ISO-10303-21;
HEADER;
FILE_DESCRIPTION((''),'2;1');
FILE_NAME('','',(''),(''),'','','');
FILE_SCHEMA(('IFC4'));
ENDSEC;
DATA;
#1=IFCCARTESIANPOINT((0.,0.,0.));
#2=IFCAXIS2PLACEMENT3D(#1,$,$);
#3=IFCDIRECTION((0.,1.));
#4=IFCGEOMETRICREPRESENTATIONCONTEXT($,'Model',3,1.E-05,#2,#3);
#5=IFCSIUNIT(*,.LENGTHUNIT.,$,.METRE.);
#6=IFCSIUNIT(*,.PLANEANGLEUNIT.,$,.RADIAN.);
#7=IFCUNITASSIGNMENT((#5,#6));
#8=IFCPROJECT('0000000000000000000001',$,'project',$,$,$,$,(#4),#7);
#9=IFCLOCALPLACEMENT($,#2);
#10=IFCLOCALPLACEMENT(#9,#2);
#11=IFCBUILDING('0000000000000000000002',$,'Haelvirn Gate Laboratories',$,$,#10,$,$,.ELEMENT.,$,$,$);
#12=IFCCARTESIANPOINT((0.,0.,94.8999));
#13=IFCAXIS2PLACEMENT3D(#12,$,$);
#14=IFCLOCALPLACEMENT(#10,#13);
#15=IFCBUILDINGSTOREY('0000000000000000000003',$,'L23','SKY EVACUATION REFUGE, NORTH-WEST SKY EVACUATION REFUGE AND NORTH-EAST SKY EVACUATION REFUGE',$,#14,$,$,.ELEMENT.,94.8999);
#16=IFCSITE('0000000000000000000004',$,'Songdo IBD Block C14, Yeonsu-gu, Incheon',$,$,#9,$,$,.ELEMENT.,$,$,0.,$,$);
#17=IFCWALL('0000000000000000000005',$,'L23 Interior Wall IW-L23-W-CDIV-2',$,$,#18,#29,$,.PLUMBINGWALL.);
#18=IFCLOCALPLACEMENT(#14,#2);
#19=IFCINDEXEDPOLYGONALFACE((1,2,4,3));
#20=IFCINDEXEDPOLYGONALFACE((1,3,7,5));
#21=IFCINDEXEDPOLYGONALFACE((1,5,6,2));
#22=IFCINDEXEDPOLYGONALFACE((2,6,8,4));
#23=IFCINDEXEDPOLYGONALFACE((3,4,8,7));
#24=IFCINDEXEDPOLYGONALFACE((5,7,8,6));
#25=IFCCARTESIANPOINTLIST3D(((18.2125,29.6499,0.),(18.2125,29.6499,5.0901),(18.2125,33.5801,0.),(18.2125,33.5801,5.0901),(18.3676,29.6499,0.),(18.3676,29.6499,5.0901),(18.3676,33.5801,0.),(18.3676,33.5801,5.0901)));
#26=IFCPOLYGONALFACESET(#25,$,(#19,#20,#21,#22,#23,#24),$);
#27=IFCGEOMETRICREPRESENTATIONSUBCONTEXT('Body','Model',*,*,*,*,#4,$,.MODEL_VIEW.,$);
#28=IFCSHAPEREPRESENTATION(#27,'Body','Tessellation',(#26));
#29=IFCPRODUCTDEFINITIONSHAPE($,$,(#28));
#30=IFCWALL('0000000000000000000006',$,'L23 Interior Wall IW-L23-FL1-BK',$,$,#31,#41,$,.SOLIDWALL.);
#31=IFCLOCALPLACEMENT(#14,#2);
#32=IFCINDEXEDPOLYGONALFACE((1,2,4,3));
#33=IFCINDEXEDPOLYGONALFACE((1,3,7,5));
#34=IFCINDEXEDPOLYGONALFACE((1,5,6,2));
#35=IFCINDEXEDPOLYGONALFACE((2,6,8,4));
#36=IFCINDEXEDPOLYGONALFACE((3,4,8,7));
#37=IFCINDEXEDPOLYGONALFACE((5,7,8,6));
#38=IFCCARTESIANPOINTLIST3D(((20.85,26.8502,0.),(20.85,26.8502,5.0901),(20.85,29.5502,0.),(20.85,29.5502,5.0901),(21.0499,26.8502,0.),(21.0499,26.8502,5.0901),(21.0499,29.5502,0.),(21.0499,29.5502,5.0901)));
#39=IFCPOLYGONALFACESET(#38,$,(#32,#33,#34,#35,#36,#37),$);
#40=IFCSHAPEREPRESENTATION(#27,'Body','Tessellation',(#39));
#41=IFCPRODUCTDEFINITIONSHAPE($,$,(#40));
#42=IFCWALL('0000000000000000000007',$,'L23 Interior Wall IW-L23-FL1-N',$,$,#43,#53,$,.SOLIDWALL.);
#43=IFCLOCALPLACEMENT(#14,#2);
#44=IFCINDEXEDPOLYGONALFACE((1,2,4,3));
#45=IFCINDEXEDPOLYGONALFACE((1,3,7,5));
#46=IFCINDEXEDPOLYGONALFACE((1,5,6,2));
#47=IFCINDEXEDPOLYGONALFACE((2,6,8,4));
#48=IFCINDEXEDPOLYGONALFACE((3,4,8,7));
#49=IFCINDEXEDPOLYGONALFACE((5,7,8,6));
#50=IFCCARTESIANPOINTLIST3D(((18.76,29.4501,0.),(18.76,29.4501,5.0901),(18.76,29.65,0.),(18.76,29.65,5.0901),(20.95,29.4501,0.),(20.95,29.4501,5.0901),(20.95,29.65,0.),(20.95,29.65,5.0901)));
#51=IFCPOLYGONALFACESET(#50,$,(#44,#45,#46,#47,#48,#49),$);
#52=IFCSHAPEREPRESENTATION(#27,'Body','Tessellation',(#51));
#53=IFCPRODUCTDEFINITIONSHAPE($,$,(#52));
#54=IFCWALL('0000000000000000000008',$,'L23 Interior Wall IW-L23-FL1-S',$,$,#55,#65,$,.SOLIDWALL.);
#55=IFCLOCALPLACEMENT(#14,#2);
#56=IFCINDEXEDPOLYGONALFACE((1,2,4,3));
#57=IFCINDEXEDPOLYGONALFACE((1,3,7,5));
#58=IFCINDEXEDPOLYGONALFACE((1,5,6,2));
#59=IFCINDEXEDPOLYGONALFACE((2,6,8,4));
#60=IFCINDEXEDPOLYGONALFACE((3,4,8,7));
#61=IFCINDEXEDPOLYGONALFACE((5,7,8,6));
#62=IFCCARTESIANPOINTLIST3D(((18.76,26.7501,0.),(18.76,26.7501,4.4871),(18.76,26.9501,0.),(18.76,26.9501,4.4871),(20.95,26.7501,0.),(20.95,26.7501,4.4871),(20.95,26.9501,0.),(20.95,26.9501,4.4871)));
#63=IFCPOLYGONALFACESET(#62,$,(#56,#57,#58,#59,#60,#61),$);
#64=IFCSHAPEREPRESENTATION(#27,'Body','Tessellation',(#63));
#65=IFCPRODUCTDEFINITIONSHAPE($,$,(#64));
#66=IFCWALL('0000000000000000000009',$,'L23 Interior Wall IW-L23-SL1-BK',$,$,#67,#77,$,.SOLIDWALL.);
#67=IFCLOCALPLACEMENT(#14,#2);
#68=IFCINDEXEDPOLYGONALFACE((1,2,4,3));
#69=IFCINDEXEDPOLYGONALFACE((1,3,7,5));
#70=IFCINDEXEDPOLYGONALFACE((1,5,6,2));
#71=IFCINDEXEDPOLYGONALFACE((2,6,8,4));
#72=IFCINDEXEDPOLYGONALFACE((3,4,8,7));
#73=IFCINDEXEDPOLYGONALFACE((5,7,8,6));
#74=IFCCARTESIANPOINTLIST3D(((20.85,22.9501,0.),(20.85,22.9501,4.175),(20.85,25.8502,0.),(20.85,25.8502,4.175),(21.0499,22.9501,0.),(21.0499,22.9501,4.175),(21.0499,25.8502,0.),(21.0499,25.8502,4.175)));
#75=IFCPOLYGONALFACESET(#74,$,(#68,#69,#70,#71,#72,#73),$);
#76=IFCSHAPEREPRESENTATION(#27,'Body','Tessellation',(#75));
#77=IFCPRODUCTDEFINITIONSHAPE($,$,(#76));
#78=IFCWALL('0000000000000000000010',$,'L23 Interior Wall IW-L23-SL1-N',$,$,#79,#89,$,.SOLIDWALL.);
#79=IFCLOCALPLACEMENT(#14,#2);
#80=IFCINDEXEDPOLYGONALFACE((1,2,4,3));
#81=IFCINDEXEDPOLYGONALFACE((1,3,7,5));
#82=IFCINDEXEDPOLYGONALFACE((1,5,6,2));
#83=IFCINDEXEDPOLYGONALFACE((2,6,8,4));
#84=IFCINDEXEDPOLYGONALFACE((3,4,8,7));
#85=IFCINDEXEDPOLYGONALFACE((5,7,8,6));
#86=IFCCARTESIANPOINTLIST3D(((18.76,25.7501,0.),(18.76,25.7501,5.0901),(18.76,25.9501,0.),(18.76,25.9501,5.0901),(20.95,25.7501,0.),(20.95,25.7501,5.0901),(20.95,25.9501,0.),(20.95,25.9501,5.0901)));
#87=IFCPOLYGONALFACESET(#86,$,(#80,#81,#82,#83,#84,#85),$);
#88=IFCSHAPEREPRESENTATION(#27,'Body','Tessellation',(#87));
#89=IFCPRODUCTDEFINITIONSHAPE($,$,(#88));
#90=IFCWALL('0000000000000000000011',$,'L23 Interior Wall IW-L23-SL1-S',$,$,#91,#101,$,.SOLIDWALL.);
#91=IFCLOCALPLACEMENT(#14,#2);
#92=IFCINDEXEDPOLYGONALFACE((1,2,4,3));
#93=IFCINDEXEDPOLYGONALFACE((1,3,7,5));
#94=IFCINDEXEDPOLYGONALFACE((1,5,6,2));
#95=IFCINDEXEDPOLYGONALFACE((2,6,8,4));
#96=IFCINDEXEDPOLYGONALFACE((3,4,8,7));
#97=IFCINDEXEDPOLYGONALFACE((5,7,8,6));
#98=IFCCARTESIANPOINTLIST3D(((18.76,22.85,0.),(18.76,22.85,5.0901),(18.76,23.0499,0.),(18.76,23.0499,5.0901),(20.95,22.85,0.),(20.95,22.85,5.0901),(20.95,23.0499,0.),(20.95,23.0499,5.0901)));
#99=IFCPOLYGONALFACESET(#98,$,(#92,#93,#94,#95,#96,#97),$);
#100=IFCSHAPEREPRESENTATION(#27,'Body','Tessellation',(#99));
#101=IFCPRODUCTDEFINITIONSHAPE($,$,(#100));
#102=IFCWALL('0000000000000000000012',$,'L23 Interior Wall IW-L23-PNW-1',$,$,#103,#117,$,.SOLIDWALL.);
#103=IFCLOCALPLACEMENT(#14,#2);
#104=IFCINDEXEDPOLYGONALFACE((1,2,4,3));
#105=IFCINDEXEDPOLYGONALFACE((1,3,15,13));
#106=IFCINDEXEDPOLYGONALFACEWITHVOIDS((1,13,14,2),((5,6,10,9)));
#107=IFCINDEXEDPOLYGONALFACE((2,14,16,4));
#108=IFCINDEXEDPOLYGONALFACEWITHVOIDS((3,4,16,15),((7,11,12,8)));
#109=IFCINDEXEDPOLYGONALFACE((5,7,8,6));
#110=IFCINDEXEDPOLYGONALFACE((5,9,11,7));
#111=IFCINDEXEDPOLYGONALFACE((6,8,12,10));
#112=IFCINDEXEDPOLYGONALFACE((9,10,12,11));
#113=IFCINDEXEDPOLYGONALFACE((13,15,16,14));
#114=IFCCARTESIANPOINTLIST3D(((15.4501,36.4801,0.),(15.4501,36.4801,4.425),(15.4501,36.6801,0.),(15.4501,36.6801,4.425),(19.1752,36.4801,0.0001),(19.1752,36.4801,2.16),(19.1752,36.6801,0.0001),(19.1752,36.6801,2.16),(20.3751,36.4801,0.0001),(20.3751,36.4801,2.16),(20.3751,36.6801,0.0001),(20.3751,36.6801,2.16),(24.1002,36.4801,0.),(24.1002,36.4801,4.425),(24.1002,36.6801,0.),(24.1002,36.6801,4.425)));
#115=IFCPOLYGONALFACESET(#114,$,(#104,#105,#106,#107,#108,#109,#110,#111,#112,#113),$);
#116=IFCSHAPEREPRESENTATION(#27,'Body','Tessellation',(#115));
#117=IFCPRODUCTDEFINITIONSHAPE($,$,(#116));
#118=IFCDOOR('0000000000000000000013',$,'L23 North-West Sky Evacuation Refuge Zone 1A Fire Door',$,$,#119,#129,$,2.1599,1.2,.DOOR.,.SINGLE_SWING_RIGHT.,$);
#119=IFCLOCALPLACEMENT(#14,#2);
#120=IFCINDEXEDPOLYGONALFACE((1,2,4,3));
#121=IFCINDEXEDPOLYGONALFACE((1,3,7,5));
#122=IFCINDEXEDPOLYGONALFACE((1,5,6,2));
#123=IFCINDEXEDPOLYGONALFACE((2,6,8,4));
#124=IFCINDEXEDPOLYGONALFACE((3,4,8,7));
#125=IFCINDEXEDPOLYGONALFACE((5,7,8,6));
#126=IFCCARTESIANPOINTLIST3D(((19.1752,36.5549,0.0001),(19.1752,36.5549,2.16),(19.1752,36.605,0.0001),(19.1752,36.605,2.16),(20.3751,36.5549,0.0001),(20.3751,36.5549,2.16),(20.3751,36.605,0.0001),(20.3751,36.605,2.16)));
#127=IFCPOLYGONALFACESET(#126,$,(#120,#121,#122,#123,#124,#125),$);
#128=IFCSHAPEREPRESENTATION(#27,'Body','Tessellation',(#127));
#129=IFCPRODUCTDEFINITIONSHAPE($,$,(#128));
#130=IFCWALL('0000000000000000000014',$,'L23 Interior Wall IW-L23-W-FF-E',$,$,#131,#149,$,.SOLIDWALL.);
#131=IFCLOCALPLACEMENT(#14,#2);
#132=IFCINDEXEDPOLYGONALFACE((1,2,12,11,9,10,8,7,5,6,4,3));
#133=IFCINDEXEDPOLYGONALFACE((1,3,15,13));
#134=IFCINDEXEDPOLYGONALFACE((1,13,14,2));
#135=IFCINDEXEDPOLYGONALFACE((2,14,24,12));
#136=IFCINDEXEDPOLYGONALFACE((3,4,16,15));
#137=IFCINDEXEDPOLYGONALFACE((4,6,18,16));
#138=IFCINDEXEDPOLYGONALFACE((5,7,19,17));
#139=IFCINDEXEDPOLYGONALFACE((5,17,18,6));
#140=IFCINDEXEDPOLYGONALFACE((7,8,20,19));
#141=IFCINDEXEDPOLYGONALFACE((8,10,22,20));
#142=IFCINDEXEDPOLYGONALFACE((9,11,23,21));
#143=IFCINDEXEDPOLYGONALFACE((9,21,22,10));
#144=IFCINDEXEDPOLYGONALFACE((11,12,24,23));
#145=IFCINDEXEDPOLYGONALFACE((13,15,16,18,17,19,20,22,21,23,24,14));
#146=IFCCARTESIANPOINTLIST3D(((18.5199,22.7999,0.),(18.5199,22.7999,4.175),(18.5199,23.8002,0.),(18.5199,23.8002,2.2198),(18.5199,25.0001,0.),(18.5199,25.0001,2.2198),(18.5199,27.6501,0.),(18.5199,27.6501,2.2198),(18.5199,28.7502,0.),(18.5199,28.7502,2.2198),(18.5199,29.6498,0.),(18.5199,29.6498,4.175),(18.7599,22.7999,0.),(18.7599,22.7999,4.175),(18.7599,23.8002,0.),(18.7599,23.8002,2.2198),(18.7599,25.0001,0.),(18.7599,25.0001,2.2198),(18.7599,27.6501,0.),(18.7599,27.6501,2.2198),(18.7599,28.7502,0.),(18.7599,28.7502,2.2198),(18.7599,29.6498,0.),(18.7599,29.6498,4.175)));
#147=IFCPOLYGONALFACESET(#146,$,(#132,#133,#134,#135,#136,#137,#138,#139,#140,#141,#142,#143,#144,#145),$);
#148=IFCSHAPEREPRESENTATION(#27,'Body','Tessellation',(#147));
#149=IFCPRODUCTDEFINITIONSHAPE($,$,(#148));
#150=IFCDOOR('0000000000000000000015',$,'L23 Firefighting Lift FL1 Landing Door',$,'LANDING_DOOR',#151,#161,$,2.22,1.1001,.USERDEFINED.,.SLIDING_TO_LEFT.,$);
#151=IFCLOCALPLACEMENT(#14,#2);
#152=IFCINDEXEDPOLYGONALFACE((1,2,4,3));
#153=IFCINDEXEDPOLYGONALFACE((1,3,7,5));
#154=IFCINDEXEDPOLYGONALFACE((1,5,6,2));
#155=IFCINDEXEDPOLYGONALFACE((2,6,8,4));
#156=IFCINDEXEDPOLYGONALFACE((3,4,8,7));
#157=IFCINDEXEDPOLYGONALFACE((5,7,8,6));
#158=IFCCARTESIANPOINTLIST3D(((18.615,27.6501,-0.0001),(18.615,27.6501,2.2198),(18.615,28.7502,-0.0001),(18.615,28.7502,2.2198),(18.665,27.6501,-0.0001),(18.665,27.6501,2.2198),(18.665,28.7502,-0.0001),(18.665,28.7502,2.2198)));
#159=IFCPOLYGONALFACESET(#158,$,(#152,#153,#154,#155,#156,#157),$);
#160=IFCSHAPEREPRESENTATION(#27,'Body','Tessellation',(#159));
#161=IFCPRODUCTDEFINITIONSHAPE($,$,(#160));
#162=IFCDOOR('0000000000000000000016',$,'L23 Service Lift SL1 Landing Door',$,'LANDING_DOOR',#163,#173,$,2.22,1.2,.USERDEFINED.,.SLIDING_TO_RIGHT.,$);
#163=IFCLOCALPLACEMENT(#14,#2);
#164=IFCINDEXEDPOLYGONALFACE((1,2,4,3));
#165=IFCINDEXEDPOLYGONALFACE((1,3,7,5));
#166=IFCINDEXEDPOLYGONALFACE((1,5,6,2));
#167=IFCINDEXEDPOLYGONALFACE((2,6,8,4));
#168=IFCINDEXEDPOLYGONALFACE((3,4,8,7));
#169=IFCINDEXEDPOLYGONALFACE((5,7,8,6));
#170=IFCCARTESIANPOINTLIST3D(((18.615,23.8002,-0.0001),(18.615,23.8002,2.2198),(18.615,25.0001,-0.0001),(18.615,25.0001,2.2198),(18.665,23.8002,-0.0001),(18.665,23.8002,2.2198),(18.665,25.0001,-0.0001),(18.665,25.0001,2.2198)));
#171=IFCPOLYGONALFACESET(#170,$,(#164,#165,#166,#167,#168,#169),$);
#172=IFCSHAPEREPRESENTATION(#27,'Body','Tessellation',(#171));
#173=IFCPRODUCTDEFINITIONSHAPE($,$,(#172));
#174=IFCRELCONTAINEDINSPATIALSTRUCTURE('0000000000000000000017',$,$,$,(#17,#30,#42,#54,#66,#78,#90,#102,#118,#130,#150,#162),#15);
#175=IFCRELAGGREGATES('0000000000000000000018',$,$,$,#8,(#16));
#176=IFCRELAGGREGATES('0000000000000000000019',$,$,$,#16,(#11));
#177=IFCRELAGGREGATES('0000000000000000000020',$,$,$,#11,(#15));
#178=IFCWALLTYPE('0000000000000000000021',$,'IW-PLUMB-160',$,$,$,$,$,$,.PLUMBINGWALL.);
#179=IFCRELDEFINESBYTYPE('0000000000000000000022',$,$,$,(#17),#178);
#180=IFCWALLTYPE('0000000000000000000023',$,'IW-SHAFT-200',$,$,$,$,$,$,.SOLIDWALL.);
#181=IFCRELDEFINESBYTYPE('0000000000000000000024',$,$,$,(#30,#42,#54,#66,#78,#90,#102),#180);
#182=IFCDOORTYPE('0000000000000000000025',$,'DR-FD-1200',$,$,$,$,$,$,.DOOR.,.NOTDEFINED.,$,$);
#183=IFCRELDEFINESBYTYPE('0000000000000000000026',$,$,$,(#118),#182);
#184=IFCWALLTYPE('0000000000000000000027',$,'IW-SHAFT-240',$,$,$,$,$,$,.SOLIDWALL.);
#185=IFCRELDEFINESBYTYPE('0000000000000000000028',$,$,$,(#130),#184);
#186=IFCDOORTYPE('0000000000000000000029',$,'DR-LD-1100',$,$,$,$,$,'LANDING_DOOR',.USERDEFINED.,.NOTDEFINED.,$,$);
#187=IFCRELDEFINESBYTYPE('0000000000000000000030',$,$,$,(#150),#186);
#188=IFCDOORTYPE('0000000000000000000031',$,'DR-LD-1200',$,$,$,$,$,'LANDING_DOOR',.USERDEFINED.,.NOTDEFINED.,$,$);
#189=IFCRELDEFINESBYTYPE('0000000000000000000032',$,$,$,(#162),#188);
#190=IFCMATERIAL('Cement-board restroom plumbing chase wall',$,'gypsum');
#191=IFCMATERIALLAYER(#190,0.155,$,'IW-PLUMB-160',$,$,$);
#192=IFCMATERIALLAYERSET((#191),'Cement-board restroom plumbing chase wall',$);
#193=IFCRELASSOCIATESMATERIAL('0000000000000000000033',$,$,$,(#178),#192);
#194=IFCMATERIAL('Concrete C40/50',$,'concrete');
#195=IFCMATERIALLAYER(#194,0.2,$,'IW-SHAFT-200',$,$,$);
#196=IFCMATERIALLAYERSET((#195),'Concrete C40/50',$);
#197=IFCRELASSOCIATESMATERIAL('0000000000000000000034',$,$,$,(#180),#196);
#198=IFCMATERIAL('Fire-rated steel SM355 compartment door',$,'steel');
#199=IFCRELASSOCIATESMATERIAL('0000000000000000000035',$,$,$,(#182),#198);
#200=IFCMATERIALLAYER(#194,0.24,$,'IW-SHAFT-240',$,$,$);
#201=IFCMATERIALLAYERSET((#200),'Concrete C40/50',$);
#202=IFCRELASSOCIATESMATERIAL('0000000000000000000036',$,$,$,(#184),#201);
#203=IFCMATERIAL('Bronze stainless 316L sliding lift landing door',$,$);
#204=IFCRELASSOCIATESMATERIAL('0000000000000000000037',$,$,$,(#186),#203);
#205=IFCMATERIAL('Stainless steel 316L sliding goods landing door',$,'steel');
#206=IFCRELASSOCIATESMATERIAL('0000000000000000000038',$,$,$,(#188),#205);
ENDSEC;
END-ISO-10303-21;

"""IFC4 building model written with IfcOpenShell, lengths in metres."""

from ifc_helpers import new_model, si_unit, direction, frame, frame_2d, origin, place, context, subcontext, project, spatial, rectangle, extrude, source, transform, mapped, material, layer, layer_set, type_object, type_shapes, element, fill, save


model = new_model("IFC4")

# Units and contexts
model_context = context("Model", 3, precision=1e-05, world=origin(), true_north=direction((0.0, 1.0)))
body_context = subcontext(model_context, "Body", "Model", "MODEL_VIEW")
ifc_project = project(units=[si_unit("LENGTHUNIT", "METRE"), si_unit("PLANEANGLEUNIT", "RADIAN")], contexts=[model_context])

# Site, building, storey
site_placement = place(None, origin())
site = spatial("IfcSite", under=ifc_project, at=site_placement, Name="Songdo IBD Block C14, Yeonsu-gu, Incheon", CompositionType="ELEMENT", RefElevation=0.0)
building_placement = place(site_placement, origin())
building = spatial("IfcBuilding", under=site, at=building_placement, Name="Haelvirn Gate Laboratories", CompositionType="ELEMENT")
storey_placement = place(building_placement, frame((0.0, 0.0, 94.8999)))
storey = spatial("IfcBuildingStorey", under=building, at=storey_placement, Name="L23", Description="SKY EVACUATION REFUGE, NORTH-WEST SKY EVACUATION REFUGE AND NORTH-EAST SKY EVACUATION REFUGE", CompositionType="ELEMENT", Elevation=94.8999)

# Walls
ifc_material_1 = material(Name="Cement-board restroom plumbing chase wall", Category="gypsum")
ifc_layer_1 = layer(ifc_material_1, 0.155, Name="IW-PLUMB-160")
ifc_layer_set_1 = layer_set([ifc_layer_1], Name="Cement-board restroom plumbing chase wall")
wall_type_1 = type_object("IfcWallType", Name="IW-PLUMB-160", PredefinedType="PLUMBINGWALL", material=ifc_layer_set_1)
wall_1_placement = place(storey_placement, frame((18.29, 29.6499, 0.0), z_axis=(0.0, 0.0, 1.0), x_axis=(0.0, 1.0, 0.0)))
element("IfcWall", 1, at=wall_1_placement, inside=storey, type_object=wall_type_1, Name="L23 Interior Wall IW-L23-W-CDIV-2", PredefinedType="PLUMBINGWALL", context=body_context, shape_type="SweptSolid", body=[
    extrude(rectangle(XDim=3.9302, YDim=0.155, at=frame_2d((1.9651, 0.0))), origin(), (0.0, 0.0, 1.0), 5.0901),
])
ifc_material_2 = material(Name="Concrete C40/50", Category="concrete")
ifc_layer_2 = layer(ifc_material_2, 0.2, Name="IW-SHAFT-200")
ifc_layer_set_2 = layer_set([ifc_layer_2], Name="Concrete C40/50")
wall_type_2 = type_object("IfcWallType", Name="IW-SHAFT-200", PredefinedType="SOLIDWALL", material=ifc_layer_set_2)
wall_2_placement = place(storey_placement, frame((20.95, 26.8501, 0.0), z_axis=(0.0, 0.0, 1.0), x_axis=(0.0, 1.0, 0.0)))
element("IfcWall", 2, at=wall_2_placement, inside=storey, type_object=wall_type_2, Name="L23 Interior Wall IW-L23-FL1-BK", PredefinedType="SOLIDWALL", context=body_context, shape_type="SweptSolid", body=[
    extrude(rectangle(XDim=2.7, YDim=0.2, at=frame_2d((1.3501, 0.0))), origin(), (0.0, 0.0, 1.0), 5.0901),
])
wall_3_placement = place(storey_placement, frame((18.76, 29.55, 0.0), z_axis=(0.0, 0.0, 1.0), x_axis=(1.0, 0.0, 0.0)))
element("IfcWall", 3, at=wall_3_placement, inside=storey, type_object=wall_type_2, Name="L23 Interior Wall IW-L23-FL1-N", PredefinedType="SOLIDWALL", context=body_context, shape_type="SweptSolid", body=[
    extrude(rectangle(XDim=2.1899, YDim=0.2, at=frame_2d((1.095, 0.0))), origin(), (0.0, 0.0, 1.0), 5.0901),
])
wall_4_placement = place(storey_placement, frame((18.76, 26.8501, 0.0), z_axis=(0.0, 0.0, 1.0), x_axis=(1.0, 0.0, 0.0)))
element("IfcWall", 4, at=wall_4_placement, inside=storey, type_object=wall_type_2, Name="L23 Interior Wall IW-L23-FL1-S", PredefinedType="SOLIDWALL", context=body_context, shape_type="SweptSolid", body=[
    extrude(rectangle(XDim=2.1899, YDim=0.2, at=frame_2d((1.095, 0.0))), origin(), (0.0, 0.0, 1.0), 4.4871),
])
wall_5_placement = place(storey_placement, frame((20.95, 22.95, 0.0), z_axis=(0.0, 0.0, 1.0), x_axis=(0.0, 1.0, 0.0)))
element("IfcWall", 5, at=wall_5_placement, inside=storey, type_object=wall_type_2, Name="L23 Interior Wall IW-L23-SL1-BK", PredefinedType="SOLIDWALL", context=body_context, shape_type="SweptSolid", body=[
    extrude(rectangle(XDim=2.9001, YDim=0.2, at=frame_2d((1.4502, 0.0))), origin(), (0.0, 0.0, 1.0), 4.175),
])
for number, where, z_axis, x_axis, name in (
    (6, (18.76, 25.8501, 0.0), (0.0, 0.0, 1.0), (1.0, 0.0, 0.0), "L23 Interior Wall IW-L23-SL1-N"),
    (7, (18.76, 22.95, 0.0), (0.0, 0.0, 1.0), (1.0, 0.0, 0.0), "L23 Interior Wall IW-L23-SL1-S"),
):
    element("IfcWall", number, at=place(storey_placement, frame(where, z_axis=z_axis, x_axis=x_axis)), inside=storey, type_object=wall_type_2, Name=name, PredefinedType="SOLIDWALL", context=body_context, shape_type="SweptSolid", body=[
        extrude(rectangle(XDim=2.1899, YDim=0.2, at=frame_2d((1.095, 0.0))), origin(), (0.0, 0.0, 1.0), 5.0901),
    ])

# Wall, opening, door
wall_6_placement = place(storey_placement, frame((15.45, 36.5801, 0.0), z_axis=(0.0, 0.0, 1.0), x_axis=(1.0, 0.0, 0.0)))
wall_6 = element("IfcWall", 8, at=wall_6_placement, inside=storey, type_object=wall_type_2, Name="L23 Interior Wall IW-L23-PNW-1", PredefinedType="SOLIDWALL", context=body_context, shape_type="SweptSolid", body=[
    extrude(rectangle(XDim=8.6501, YDim=0.2, at=frame_2d((4.3252, 0.0))), origin(), (0.0, 0.0, 1.0), 4.425),
])
opening_1_placement = place(wall_6_placement, frame((3.7251, 0.0, 0.0)))
opening_1 = element("IfcOpeningElement", 9, at=opening_1_placement, cuts=wall_6, PredefinedType="OPENING", context=body_context, shape_type="SweptSolid", body=[
    extrude(rectangle(XDim=1.2, YDim=2.1599, at=frame_2d((0.6001, 1.0801))), frame((0.0, 0.1099, 0.0), z_axis=(0.0, -1.0, 0.0), x_axis=(1.0, 0.0, 0.0)), (0.0, 0.0, 1.0), 0.22),
])
ifc_material_3 = material(Name="Fire-rated steel SM355 compartment door", Category="steel")
door_type_1 = type_object("IfcDoorType", Name="DR-FD-1200", OperationType="NOTDEFINED", PredefinedType="DOOR", material=ifc_material_3)
shared_shape_1 = source(origin(), body_context, "Body", "SweptSolid", [
    extrude(rectangle(XDim=1.2, YDim=2.1599, at=frame_2d((0.6001, 1.0801))), frame((0.0, 0.0249, 0.0), z_axis=(0.0, -1.0, 0.0), x_axis=(1.0, 0.0, 0.0)), (0.0, 0.0, 1.0), 0.05),
])
type_shapes(door_type_1, [shared_shape_1])
door_1_placement = place(opening_1_placement, origin())
door_1 = element("IfcDoor", 10, at=door_1_placement, inside=storey, type_object=door_type_1, Name="L23 North-West Sky Evacuation Refuge Zone 1A Fire Door", OperationType="SINGLE_SWING_RIGHT", OverallHeight=2.1599, OverallWidth=1.2, PredefinedType="DOOR", context=body_context, shape_type="MappedRepresentation", body=[
    mapped(shared_shape_1, transform((0.0, 0.0, 0.0), scale=1.0)),
])
fill(opening_1, door_1)

# Wall, openings, doors
ifc_layer_3 = layer(ifc_material_2, 0.24, Name="IW-SHAFT-240")
ifc_layer_set_3 = layer_set([ifc_layer_3], Name="Concrete C40/50")
wall_type_3 = type_object("IfcWallType", Name="IW-SHAFT-240", PredefinedType="SOLIDWALL", material=ifc_layer_set_3)
wall_7_placement = place(storey_placement, frame((18.6399, 22.8, 0.0), z_axis=(0.0, 0.0, 1.0), x_axis=(0.0, 1.0, 0.0)))
wall_7 = element("IfcWall", 11, at=wall_7_placement, inside=storey, type_object=wall_type_3, Name="L23 Interior Wall IW-L23-W-FF-E", PredefinedType="SOLIDWALL", context=body_context, shape_type="SweptSolid", body=[
    extrude(rectangle(XDim=6.8499, YDim=0.24, at=frame_2d((3.4248, 0.0))), origin(), (0.0, 0.0, 1.0), 4.175),
])
opening_2_placement = place(wall_7_placement, frame((4.8501, 0.0, 0.0)))
opening_2 = element("IfcOpeningElement", 12, at=opening_2_placement, cuts=wall_7, PredefinedType="OPENING", context=body_context, shape_type="SweptSolid", body=[
    extrude(rectangle(XDim=1.1001, YDim=2.22, at=frame_2d((0.55, 1.1099))), frame((0.0, 0.1299, 0.0), z_axis=(0.0, -1.0, 0.0), x_axis=(1.0, 0.0, 0.0)), (0.0, 0.0, 1.0), 0.26),
])
opening_3_placement = place(wall_7_placement, frame((1.0, 0.0, 0.0)))
opening_3 = element("IfcOpeningElement", 13, at=opening_3_placement, cuts=wall_7, PredefinedType="OPENING", context=body_context, shape_type="SweptSolid", body=[
    extrude(rectangle(XDim=1.2, YDim=2.22, at=frame_2d((0.6001, 1.1099))), frame((0.0, 0.1299, 0.0), z_axis=(0.0, -1.0, 0.0), x_axis=(1.0, 0.0, 0.0)), (0.0, 0.0, 1.0), 0.26),
])
ifc_material_4 = material(Name="Bronze stainless 316L sliding lift landing door")
door_type_2 = type_object("IfcDoorType", Name="DR-LD-1100", ElementType="LANDING_DOOR", OperationType="NOTDEFINED", PredefinedType="USERDEFINED", material=ifc_material_4)
shared_shape_2 = source(origin(), body_context, "Body", "SweptSolid", [
    extrude(rectangle(XDim=1.1001, YDim=2.22, at=frame_2d((0.55, 1.1099))), frame((0.0, 0.0249, 0.0), z_axis=(0.0, -1.0, 0.0), x_axis=(1.0, 0.0, 0.0)), (0.0, 0.0, 1.0), 0.05),
])
type_shapes(door_type_2, [shared_shape_2])
door_2_placement = place(opening_2_placement, origin())
door_2 = element("IfcDoor", 14, at=door_2_placement, inside=storey, type_object=door_type_2, Name="L23 Firefighting Lift FL1 Landing Door", ObjectType="LANDING_DOOR", OperationType="SLIDING_TO_LEFT", OverallHeight=2.22, OverallWidth=1.1001, PredefinedType="USERDEFINED", context=body_context, shape_type="MappedRepresentation", body=[
    mapped(shared_shape_2, transform((0.0, 0.0, 0.0), scale=1.0)),
])
fill(opening_2, door_2)
ifc_material_5 = material(Name="Stainless steel 316L sliding goods landing door", Category="steel")
door_type_3 = type_object("IfcDoorType", Name="DR-LD-1200", ElementType="LANDING_DOOR", OperationType="NOTDEFINED", PredefinedType="USERDEFINED", material=ifc_material_5)
shared_shape_3 = source(origin(), body_context, "Body", "SweptSolid", [
    extrude(rectangle(XDim=1.2, YDim=2.22, at=frame_2d((0.6001, 1.1099))), frame((0.0, 0.0249, 0.0), z_axis=(0.0, -1.0, 0.0), x_axis=(1.0, 0.0, 0.0)), (0.0, 0.0, 1.0), 0.05),
])
type_shapes(door_type_3, [shared_shape_3])
door_3_placement = place(opening_3_placement, origin())
door_3 = element("IfcDoor", 15, at=door_3_placement, inside=storey, type_object=door_type_3, Name="L23 Service Lift SL1 Landing Door", ObjectType="LANDING_DOOR", OperationType="SLIDING_TO_RIGHT", OverallHeight=2.22, OverallWidth=1.2, PredefinedType="USERDEFINED", context=body_context, shape_type="MappedRepresentation", body=[
    mapped(shared_shape_3, transform((0.0, 0.0, 0.0), scale=1.0)),
])
fill(opening_3, door_3)

save(model, "model.ifc")
